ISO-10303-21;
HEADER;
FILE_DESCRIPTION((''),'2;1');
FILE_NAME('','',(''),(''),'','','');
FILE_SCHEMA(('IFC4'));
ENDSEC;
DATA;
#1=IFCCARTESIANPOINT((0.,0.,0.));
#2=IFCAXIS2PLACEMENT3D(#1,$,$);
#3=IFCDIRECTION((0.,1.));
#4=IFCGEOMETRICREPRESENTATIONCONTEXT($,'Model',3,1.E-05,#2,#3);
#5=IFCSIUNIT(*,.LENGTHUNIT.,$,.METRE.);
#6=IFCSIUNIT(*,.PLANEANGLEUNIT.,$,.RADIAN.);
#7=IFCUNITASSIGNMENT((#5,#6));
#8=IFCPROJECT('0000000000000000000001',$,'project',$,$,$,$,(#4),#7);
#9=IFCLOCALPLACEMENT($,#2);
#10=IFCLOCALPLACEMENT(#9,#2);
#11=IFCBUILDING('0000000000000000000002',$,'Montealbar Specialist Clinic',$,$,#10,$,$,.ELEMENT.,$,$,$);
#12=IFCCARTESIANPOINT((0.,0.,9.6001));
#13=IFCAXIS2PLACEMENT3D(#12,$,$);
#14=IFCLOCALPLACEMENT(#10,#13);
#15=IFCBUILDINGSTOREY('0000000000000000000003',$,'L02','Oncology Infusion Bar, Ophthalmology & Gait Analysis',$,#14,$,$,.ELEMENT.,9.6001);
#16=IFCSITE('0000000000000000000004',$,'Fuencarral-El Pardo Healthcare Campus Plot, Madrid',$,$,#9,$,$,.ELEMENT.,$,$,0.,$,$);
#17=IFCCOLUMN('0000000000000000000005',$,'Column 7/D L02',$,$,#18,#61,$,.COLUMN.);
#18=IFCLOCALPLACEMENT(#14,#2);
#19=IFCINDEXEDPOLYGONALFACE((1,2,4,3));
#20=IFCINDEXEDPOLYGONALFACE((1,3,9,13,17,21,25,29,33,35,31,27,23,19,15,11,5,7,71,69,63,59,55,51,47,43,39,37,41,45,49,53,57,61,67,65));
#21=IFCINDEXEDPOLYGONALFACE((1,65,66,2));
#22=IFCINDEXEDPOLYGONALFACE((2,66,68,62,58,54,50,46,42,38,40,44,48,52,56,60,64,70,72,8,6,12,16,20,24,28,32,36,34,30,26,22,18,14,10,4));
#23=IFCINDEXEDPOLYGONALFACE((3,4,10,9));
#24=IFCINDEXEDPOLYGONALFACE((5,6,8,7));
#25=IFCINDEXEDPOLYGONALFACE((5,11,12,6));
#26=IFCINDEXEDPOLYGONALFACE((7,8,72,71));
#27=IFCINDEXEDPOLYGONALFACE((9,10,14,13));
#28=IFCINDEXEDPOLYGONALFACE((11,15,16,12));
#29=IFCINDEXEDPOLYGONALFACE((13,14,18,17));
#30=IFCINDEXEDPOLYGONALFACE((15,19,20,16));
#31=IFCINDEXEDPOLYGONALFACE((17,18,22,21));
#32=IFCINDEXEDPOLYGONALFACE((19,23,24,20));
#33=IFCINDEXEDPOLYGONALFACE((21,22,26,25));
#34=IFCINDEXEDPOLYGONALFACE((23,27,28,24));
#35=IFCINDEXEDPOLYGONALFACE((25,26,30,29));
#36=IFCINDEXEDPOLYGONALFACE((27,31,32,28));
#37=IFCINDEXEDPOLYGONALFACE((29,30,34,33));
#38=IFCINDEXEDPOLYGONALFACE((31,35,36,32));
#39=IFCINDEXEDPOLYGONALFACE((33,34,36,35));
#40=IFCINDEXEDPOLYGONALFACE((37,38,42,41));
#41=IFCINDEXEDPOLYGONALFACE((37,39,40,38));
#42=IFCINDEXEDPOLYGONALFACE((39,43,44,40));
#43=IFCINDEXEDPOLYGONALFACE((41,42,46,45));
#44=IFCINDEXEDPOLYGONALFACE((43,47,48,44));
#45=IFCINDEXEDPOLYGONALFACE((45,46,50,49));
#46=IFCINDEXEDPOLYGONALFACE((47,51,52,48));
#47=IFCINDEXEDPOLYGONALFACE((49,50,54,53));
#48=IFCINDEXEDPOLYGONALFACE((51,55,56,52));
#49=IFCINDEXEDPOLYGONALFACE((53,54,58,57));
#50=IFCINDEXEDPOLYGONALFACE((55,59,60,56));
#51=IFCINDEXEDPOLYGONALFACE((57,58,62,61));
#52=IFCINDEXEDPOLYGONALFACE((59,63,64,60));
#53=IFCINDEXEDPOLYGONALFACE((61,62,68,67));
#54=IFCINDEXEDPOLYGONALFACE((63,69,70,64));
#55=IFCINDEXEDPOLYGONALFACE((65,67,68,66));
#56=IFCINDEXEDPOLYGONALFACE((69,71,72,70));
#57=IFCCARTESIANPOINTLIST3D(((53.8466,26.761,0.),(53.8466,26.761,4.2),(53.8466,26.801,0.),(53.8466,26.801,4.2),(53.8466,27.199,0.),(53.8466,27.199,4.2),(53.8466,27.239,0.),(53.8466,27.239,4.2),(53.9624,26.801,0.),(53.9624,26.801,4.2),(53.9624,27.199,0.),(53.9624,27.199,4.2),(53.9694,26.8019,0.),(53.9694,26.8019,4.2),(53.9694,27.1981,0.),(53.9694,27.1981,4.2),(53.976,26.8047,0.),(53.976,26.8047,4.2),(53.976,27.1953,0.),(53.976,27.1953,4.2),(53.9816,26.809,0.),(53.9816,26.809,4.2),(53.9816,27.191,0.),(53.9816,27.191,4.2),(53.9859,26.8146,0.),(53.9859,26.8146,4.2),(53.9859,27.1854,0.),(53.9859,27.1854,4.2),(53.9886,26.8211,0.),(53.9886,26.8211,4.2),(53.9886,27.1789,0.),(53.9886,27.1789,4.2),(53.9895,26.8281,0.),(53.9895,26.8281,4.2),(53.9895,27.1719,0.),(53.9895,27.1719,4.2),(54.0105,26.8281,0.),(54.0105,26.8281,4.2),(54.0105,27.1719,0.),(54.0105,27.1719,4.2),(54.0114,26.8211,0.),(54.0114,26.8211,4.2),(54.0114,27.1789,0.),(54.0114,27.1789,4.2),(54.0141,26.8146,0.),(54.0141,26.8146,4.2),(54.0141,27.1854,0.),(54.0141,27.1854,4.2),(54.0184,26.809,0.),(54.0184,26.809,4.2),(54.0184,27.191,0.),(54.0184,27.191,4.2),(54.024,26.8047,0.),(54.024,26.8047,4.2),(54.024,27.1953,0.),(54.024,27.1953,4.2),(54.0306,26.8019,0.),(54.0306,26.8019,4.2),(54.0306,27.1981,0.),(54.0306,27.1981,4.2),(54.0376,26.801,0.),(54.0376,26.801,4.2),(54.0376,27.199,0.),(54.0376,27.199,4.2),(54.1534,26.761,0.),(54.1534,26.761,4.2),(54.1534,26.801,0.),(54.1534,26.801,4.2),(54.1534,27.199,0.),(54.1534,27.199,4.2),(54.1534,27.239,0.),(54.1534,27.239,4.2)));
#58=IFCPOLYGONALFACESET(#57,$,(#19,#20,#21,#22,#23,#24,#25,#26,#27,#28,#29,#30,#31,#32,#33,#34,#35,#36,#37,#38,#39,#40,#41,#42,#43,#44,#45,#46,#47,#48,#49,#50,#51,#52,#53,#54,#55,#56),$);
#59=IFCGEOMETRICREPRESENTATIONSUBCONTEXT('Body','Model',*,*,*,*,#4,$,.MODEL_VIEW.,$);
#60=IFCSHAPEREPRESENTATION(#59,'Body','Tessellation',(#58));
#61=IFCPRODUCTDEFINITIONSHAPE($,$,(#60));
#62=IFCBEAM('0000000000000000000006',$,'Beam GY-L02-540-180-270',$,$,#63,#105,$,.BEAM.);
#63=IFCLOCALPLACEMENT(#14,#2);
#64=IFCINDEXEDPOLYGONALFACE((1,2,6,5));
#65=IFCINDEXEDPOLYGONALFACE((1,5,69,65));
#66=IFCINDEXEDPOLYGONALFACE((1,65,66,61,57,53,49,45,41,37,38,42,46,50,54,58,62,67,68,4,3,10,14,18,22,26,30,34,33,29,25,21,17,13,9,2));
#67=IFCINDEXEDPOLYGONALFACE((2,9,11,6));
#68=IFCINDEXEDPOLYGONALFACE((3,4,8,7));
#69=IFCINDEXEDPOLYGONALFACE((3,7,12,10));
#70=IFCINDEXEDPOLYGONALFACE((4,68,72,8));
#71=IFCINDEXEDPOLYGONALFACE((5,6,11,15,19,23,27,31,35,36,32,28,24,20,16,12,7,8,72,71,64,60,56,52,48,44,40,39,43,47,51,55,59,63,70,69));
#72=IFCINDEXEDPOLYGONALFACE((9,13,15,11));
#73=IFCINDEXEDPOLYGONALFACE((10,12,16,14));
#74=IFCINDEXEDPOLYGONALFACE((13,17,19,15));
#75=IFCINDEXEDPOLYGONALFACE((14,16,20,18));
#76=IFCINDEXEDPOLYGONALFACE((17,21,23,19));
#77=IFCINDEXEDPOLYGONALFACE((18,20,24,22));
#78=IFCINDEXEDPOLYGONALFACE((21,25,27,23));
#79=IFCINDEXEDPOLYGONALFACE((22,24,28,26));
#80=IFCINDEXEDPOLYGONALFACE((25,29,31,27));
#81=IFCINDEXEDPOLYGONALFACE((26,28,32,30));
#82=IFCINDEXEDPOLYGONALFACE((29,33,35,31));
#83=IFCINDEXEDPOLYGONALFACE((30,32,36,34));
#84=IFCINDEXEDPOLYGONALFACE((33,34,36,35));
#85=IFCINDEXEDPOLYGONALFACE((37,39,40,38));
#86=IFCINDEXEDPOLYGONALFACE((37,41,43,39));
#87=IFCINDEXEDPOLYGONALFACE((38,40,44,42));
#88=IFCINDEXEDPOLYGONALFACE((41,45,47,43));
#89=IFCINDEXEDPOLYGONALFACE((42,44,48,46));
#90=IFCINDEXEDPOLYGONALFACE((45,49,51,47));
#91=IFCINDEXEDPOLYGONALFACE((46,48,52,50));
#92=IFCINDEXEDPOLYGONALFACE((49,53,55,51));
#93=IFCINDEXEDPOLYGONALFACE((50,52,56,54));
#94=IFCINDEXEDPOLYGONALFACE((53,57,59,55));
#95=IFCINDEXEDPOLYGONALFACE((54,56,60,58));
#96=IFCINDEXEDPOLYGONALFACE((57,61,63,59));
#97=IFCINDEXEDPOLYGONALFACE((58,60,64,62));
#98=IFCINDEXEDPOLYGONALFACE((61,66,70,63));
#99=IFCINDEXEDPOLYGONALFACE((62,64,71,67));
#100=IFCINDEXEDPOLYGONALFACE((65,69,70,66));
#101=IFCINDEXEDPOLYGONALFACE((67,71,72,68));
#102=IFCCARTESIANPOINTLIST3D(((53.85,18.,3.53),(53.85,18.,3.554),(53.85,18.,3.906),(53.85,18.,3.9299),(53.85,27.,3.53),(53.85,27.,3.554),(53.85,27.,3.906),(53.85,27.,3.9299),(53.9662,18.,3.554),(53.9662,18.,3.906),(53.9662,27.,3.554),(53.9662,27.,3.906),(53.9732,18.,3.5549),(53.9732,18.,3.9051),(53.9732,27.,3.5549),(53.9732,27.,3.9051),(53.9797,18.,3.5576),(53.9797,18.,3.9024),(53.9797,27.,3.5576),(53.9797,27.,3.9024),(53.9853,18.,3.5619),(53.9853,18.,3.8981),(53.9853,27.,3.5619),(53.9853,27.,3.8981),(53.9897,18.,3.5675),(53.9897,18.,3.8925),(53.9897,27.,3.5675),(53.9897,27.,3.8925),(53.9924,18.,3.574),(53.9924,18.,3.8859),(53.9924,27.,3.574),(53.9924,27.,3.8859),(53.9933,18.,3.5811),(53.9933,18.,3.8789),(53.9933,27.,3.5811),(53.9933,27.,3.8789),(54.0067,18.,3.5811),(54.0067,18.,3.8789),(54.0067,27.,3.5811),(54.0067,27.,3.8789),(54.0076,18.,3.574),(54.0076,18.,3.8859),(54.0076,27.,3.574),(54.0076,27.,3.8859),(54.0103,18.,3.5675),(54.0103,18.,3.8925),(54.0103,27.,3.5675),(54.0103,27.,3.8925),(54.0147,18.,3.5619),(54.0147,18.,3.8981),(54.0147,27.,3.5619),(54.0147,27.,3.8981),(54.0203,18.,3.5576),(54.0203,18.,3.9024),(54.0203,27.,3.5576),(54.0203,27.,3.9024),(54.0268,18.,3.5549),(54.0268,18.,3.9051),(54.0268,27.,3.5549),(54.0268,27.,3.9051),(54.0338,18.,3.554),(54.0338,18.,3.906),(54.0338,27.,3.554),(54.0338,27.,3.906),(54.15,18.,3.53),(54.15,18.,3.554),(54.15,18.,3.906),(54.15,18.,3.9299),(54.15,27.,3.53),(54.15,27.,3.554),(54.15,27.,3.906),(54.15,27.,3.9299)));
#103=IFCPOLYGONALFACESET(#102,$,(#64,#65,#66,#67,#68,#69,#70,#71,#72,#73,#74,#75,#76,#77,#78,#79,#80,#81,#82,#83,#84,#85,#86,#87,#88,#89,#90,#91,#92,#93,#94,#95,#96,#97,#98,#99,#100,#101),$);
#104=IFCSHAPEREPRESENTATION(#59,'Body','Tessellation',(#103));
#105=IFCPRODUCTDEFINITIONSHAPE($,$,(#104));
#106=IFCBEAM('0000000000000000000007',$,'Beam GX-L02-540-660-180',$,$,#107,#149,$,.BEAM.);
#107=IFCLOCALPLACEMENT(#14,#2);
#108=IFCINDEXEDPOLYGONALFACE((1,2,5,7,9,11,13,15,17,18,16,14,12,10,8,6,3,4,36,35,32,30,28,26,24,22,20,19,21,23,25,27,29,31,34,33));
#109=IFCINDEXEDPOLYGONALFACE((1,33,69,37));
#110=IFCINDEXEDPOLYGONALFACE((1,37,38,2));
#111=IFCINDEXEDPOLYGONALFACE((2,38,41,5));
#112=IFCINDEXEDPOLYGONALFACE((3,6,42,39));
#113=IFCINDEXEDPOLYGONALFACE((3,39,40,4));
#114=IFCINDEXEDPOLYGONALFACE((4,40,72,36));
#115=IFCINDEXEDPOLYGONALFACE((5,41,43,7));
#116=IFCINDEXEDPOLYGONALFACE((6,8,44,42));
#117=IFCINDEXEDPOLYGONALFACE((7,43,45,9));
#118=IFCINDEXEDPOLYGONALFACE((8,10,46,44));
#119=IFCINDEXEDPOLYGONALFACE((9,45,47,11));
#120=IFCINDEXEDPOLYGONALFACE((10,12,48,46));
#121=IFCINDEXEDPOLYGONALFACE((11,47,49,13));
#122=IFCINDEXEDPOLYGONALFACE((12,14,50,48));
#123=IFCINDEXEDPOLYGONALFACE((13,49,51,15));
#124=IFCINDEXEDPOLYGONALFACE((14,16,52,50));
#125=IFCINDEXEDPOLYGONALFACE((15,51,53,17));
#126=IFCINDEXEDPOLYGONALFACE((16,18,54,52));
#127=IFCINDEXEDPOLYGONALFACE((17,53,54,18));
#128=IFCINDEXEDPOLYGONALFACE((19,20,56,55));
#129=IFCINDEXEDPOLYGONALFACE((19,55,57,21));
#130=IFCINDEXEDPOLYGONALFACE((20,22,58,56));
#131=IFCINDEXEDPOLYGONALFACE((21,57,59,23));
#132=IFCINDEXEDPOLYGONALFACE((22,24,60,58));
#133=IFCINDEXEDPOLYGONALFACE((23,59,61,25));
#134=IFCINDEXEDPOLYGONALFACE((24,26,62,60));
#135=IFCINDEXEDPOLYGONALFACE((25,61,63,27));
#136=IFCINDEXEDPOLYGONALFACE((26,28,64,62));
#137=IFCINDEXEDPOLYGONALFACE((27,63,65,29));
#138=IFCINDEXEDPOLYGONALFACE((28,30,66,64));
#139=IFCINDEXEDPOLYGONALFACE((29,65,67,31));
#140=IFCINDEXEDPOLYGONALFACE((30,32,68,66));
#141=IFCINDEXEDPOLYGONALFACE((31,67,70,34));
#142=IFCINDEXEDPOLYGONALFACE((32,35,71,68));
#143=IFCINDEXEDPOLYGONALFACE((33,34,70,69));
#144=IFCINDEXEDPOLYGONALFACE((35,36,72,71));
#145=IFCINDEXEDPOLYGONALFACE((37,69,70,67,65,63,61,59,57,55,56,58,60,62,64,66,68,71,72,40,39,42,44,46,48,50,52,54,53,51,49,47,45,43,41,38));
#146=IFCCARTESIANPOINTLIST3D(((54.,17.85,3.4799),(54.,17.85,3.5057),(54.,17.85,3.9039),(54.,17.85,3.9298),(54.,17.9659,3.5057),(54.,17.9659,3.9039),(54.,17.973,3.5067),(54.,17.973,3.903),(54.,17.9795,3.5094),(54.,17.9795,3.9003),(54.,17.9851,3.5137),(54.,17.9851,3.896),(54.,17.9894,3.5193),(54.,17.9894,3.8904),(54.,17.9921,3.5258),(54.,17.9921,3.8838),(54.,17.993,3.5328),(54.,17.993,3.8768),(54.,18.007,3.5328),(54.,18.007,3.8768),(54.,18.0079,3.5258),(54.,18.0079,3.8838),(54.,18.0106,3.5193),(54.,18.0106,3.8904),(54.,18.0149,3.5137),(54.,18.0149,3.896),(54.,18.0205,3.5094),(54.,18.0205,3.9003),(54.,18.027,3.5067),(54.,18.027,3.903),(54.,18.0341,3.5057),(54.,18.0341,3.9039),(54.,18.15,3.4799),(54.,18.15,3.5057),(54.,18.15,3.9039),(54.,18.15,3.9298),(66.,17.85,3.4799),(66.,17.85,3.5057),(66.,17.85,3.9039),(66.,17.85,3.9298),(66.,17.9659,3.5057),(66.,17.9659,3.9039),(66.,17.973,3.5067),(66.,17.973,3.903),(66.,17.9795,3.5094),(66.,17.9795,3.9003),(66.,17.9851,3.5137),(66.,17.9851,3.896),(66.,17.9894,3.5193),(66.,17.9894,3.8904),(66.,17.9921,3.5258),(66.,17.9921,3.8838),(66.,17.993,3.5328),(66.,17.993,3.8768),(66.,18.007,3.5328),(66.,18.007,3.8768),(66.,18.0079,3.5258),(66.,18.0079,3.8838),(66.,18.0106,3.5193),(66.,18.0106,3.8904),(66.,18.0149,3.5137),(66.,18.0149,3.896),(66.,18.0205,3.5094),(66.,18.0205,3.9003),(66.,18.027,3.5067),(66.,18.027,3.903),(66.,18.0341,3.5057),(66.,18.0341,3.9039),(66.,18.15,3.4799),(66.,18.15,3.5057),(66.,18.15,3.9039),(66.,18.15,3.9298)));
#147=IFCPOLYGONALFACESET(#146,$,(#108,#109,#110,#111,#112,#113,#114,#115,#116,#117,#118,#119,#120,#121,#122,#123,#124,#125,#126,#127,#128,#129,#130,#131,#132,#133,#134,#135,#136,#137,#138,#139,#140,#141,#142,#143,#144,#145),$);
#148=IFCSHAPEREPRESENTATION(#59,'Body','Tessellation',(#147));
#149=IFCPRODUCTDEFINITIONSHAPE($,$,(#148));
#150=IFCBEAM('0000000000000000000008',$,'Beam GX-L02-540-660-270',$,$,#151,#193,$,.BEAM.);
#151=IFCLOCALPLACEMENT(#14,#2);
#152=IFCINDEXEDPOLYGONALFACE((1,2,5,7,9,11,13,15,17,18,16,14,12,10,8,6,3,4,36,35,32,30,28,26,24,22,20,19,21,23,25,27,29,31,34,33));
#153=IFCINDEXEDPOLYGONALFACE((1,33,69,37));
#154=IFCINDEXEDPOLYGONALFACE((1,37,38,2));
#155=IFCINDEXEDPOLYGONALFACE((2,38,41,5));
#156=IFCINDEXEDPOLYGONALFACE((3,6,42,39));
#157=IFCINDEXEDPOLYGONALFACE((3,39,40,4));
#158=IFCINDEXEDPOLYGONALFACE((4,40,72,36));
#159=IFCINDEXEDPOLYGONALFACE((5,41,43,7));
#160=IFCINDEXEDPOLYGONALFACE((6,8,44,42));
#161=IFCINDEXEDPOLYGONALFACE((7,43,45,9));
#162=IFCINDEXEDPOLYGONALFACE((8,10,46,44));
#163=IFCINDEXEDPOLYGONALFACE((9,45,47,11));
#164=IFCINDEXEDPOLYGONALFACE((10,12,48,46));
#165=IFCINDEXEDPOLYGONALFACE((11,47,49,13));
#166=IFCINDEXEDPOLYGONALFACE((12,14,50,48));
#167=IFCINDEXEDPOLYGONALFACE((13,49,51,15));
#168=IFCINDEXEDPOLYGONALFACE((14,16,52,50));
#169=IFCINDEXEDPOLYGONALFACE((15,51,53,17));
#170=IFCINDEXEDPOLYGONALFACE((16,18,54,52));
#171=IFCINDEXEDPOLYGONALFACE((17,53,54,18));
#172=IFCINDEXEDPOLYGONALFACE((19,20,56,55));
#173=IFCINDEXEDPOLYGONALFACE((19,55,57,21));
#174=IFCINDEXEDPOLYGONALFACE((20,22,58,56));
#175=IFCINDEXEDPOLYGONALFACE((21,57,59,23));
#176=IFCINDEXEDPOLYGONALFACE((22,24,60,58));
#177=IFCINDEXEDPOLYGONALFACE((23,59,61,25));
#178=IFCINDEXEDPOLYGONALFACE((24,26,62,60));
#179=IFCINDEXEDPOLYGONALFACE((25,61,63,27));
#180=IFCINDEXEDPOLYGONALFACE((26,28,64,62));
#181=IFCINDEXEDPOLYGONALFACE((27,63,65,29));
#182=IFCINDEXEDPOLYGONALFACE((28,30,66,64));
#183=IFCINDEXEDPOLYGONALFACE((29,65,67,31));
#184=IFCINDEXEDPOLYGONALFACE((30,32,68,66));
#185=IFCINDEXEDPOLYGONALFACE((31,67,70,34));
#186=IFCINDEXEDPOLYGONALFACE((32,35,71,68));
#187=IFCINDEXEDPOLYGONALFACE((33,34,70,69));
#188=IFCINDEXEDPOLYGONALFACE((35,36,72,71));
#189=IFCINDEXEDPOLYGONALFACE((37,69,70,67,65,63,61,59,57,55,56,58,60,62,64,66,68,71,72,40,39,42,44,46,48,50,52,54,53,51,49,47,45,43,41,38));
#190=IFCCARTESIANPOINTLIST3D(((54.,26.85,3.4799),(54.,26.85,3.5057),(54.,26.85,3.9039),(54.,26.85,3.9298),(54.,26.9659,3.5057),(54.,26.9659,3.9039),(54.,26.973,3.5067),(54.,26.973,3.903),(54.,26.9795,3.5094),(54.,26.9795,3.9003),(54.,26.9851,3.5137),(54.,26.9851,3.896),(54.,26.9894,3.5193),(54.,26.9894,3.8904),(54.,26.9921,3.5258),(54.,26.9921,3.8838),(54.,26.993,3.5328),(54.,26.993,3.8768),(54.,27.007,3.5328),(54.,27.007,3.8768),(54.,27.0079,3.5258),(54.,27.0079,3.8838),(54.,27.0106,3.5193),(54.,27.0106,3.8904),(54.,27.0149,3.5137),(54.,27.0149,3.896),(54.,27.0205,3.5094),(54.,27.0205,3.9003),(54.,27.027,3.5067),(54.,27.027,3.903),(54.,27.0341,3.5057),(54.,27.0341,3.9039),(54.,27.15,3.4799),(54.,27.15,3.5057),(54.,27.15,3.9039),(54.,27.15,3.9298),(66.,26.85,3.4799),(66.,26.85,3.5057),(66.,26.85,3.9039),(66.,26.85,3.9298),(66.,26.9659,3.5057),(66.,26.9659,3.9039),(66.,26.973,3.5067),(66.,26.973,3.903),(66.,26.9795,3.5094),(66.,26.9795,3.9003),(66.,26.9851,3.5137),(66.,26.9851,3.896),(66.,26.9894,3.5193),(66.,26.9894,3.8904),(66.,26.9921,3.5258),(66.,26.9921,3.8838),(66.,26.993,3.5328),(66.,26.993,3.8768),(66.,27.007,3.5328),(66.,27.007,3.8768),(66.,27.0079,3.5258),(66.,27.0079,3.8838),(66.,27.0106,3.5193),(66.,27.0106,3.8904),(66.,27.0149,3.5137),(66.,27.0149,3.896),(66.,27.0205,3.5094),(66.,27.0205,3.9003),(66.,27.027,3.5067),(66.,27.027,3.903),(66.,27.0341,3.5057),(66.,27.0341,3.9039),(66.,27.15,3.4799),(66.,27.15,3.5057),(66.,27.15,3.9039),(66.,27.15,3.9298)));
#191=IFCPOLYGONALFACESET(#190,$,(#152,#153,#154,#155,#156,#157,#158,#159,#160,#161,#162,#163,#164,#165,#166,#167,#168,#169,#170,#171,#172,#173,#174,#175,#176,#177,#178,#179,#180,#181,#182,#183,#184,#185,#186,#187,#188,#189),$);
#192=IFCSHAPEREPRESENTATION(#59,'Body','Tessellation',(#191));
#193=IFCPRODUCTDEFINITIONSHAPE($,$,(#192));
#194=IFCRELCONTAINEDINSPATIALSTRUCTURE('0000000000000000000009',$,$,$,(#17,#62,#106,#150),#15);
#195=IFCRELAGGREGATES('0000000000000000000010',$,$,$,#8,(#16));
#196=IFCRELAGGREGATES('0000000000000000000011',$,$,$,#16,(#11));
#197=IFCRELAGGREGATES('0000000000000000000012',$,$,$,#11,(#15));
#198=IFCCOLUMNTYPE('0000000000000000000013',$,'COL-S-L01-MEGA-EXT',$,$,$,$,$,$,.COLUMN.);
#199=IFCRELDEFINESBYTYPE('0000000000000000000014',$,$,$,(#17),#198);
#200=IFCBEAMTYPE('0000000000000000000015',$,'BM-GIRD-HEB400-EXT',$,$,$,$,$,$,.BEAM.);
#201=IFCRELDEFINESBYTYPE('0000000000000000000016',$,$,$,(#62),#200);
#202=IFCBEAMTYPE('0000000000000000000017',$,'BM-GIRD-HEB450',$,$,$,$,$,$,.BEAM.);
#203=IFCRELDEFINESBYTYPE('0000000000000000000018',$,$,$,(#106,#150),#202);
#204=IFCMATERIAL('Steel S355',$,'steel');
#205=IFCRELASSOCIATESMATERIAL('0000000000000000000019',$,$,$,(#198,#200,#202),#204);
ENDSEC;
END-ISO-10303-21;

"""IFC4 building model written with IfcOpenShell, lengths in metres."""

from ifc_helpers import new_model, si_unit, direction, frame, origin, origin_2d, place, context, subcontext, project, spatial, i_section, extrude, material, material_profile, profile_set, type_object, element, save


model = new_model("IFC4")

# Units and contexts
model_context = context("Model", 3, precision=1e-05, world=origin(), true_north=direction((0.0, 1.0)))
body_context = subcontext(model_context, "Body", "Model", "MODEL_VIEW")
ifc_project = project(units=[si_unit("LENGTHUNIT", "METRE"), si_unit("PLANEANGLEUNIT", "RADIAN")], contexts=[model_context])

# Site, building, storey
site_placement = place(None, origin())
site = spatial("IfcSite", under=ifc_project, at=site_placement, Name="Fuencarral-El Pardo Healthcare Campus Plot, Madrid", CompositionType="ELEMENT", RefElevation=0.0)
building_placement = place(site_placement, origin())
building = spatial("IfcBuilding", under=site, at=building_placement, Name="Montealbar Specialist Clinic", CompositionType="ELEMENT")
storey_placement = place(building_placement, frame((0.0, 0.0, 9.6001)))
storey = spatial("IfcBuildingStorey", under=building, at=storey_placement, Name="L02", Description="Oncology Infusion Bar, Ophthalmology & Gait Analysis", CompositionType="ELEMENT", Elevation=9.6001)

# Column
ifc_material_1 = material(Name="Steel S355", Category="steel")
ifc_material_profile_1 = material_profile(ifc_material_1, i_section(OverallWidth=0.3069, OverallDepth=0.478, WebThickness=0.021, FlangeThickness=0.04, FilletRadius=0.0271, at=origin_2d()), Name="HEM 450", Category="steel")
ifc_profile_set_1 = profile_set([ifc_material_profile_1], Name="Steel S355")
column_type = type_object("IfcColumnType", Name="COL-S-L01-MEGA-EXT", PredefinedType="COLUMN", material=ifc_profile_set_1)
column_placement = place(storey_placement, frame((54.0, 27.0, 0.0), z_axis=(0.0, 0.0, 1.0), x_axis=(1.0, 0.0, 0.0)))
element("IfcColumn", 1, at=column_placement, inside=storey, type_object=column_type, Name="Column 7/D L02", PredefinedType="COLUMN", context=body_context, shape_type="SweptSolid", body=[
    extrude(i_section(OverallWidth=0.3069, OverallDepth=0.478, WebThickness=0.021, FlangeThickness=0.04, FilletRadius=0.0271, at=origin_2d()), origin(), (0.0, 0.0, 1.0), 4.2),
])

# Beams
ifc_material_profile_2 = material_profile(ifc_material_1, i_section(OverallWidth=0.3, OverallDepth=0.3999, WebThickness=0.0134, FlangeThickness=0.0239, FilletRadius=0.0271, at=origin_2d()), Name="HEB 400", Category="steel")
ifc_profile_set_2 = profile_set([ifc_material_profile_2], Name="Steel S355")
beam_type_1 = type_object("IfcBeamType", Name="BM-GIRD-HEB400-EXT", PredefinedType="BEAM", material=ifc_profile_set_2)
beam_placement = place(storey_placement, frame((54.0, 18.0, 3.73), z_axis=(0.0, 1.0, 0.0), x_axis=(-1.0, 0.0, 0.0)))
element("IfcBeam", 2, at=beam_placement, inside=storey, type_object=beam_type_1, Name="Beam GY-L02-540-180-270", PredefinedType="BEAM", context=body_context, shape_type="SweptSolid", body=[
    extrude(i_section(OverallWidth=0.3, OverallDepth=0.3999, WebThickness=0.0134, FlangeThickness=0.0239, FilletRadius=0.0271, at=origin_2d()), origin(), (0.0, 0.0, 1.0), 9.0),
])
ifc_material_profile_3 = material_profile(ifc_material_1, i_section(OverallWidth=0.3, OverallDepth=0.45, WebThickness=0.0139, FlangeThickness=0.0259, FilletRadius=0.0271, at=origin_2d()), Name="HEB 450", Category="steel")
ifc_profile_set_3 = profile_set([ifc_material_profile_3], Name="Steel S355")
beam_type_2 = type_object("IfcBeamType", Name="BM-GIRD-HEB450", PredefinedType="BEAM", material=ifc_profile_set_3)
for number, where, z_axis, x_axis, name in (
    (3, (54.0, 18.0, 3.7048), (1.0, 0.0, 0.0), (0.0, 1.0, 0.0), "Beam GX-L02-540-660-180"),
    (4, (54.0, 27.0, 3.7048), (1.0, 0.0, 0.0), (0.0, 1.0, 0.0), "Beam GX-L02-540-660-270"),
):
    element("IfcBeam", number, at=place(storey_placement, frame(where, z_axis=z_axis, x_axis=x_axis)), inside=storey, type_object=beam_type_2, Name=name, PredefinedType="BEAM", context=body_context, shape_type="SweptSolid", body=[
        extrude(i_section(OverallWidth=0.3, OverallDepth=0.45, WebThickness=0.0139, FlangeThickness=0.0259, FilletRadius=0.0271, at=origin_2d()), origin(), (0.0, 0.0, 1.0), 12.0),
    ])

save(model, "model.ifc")
